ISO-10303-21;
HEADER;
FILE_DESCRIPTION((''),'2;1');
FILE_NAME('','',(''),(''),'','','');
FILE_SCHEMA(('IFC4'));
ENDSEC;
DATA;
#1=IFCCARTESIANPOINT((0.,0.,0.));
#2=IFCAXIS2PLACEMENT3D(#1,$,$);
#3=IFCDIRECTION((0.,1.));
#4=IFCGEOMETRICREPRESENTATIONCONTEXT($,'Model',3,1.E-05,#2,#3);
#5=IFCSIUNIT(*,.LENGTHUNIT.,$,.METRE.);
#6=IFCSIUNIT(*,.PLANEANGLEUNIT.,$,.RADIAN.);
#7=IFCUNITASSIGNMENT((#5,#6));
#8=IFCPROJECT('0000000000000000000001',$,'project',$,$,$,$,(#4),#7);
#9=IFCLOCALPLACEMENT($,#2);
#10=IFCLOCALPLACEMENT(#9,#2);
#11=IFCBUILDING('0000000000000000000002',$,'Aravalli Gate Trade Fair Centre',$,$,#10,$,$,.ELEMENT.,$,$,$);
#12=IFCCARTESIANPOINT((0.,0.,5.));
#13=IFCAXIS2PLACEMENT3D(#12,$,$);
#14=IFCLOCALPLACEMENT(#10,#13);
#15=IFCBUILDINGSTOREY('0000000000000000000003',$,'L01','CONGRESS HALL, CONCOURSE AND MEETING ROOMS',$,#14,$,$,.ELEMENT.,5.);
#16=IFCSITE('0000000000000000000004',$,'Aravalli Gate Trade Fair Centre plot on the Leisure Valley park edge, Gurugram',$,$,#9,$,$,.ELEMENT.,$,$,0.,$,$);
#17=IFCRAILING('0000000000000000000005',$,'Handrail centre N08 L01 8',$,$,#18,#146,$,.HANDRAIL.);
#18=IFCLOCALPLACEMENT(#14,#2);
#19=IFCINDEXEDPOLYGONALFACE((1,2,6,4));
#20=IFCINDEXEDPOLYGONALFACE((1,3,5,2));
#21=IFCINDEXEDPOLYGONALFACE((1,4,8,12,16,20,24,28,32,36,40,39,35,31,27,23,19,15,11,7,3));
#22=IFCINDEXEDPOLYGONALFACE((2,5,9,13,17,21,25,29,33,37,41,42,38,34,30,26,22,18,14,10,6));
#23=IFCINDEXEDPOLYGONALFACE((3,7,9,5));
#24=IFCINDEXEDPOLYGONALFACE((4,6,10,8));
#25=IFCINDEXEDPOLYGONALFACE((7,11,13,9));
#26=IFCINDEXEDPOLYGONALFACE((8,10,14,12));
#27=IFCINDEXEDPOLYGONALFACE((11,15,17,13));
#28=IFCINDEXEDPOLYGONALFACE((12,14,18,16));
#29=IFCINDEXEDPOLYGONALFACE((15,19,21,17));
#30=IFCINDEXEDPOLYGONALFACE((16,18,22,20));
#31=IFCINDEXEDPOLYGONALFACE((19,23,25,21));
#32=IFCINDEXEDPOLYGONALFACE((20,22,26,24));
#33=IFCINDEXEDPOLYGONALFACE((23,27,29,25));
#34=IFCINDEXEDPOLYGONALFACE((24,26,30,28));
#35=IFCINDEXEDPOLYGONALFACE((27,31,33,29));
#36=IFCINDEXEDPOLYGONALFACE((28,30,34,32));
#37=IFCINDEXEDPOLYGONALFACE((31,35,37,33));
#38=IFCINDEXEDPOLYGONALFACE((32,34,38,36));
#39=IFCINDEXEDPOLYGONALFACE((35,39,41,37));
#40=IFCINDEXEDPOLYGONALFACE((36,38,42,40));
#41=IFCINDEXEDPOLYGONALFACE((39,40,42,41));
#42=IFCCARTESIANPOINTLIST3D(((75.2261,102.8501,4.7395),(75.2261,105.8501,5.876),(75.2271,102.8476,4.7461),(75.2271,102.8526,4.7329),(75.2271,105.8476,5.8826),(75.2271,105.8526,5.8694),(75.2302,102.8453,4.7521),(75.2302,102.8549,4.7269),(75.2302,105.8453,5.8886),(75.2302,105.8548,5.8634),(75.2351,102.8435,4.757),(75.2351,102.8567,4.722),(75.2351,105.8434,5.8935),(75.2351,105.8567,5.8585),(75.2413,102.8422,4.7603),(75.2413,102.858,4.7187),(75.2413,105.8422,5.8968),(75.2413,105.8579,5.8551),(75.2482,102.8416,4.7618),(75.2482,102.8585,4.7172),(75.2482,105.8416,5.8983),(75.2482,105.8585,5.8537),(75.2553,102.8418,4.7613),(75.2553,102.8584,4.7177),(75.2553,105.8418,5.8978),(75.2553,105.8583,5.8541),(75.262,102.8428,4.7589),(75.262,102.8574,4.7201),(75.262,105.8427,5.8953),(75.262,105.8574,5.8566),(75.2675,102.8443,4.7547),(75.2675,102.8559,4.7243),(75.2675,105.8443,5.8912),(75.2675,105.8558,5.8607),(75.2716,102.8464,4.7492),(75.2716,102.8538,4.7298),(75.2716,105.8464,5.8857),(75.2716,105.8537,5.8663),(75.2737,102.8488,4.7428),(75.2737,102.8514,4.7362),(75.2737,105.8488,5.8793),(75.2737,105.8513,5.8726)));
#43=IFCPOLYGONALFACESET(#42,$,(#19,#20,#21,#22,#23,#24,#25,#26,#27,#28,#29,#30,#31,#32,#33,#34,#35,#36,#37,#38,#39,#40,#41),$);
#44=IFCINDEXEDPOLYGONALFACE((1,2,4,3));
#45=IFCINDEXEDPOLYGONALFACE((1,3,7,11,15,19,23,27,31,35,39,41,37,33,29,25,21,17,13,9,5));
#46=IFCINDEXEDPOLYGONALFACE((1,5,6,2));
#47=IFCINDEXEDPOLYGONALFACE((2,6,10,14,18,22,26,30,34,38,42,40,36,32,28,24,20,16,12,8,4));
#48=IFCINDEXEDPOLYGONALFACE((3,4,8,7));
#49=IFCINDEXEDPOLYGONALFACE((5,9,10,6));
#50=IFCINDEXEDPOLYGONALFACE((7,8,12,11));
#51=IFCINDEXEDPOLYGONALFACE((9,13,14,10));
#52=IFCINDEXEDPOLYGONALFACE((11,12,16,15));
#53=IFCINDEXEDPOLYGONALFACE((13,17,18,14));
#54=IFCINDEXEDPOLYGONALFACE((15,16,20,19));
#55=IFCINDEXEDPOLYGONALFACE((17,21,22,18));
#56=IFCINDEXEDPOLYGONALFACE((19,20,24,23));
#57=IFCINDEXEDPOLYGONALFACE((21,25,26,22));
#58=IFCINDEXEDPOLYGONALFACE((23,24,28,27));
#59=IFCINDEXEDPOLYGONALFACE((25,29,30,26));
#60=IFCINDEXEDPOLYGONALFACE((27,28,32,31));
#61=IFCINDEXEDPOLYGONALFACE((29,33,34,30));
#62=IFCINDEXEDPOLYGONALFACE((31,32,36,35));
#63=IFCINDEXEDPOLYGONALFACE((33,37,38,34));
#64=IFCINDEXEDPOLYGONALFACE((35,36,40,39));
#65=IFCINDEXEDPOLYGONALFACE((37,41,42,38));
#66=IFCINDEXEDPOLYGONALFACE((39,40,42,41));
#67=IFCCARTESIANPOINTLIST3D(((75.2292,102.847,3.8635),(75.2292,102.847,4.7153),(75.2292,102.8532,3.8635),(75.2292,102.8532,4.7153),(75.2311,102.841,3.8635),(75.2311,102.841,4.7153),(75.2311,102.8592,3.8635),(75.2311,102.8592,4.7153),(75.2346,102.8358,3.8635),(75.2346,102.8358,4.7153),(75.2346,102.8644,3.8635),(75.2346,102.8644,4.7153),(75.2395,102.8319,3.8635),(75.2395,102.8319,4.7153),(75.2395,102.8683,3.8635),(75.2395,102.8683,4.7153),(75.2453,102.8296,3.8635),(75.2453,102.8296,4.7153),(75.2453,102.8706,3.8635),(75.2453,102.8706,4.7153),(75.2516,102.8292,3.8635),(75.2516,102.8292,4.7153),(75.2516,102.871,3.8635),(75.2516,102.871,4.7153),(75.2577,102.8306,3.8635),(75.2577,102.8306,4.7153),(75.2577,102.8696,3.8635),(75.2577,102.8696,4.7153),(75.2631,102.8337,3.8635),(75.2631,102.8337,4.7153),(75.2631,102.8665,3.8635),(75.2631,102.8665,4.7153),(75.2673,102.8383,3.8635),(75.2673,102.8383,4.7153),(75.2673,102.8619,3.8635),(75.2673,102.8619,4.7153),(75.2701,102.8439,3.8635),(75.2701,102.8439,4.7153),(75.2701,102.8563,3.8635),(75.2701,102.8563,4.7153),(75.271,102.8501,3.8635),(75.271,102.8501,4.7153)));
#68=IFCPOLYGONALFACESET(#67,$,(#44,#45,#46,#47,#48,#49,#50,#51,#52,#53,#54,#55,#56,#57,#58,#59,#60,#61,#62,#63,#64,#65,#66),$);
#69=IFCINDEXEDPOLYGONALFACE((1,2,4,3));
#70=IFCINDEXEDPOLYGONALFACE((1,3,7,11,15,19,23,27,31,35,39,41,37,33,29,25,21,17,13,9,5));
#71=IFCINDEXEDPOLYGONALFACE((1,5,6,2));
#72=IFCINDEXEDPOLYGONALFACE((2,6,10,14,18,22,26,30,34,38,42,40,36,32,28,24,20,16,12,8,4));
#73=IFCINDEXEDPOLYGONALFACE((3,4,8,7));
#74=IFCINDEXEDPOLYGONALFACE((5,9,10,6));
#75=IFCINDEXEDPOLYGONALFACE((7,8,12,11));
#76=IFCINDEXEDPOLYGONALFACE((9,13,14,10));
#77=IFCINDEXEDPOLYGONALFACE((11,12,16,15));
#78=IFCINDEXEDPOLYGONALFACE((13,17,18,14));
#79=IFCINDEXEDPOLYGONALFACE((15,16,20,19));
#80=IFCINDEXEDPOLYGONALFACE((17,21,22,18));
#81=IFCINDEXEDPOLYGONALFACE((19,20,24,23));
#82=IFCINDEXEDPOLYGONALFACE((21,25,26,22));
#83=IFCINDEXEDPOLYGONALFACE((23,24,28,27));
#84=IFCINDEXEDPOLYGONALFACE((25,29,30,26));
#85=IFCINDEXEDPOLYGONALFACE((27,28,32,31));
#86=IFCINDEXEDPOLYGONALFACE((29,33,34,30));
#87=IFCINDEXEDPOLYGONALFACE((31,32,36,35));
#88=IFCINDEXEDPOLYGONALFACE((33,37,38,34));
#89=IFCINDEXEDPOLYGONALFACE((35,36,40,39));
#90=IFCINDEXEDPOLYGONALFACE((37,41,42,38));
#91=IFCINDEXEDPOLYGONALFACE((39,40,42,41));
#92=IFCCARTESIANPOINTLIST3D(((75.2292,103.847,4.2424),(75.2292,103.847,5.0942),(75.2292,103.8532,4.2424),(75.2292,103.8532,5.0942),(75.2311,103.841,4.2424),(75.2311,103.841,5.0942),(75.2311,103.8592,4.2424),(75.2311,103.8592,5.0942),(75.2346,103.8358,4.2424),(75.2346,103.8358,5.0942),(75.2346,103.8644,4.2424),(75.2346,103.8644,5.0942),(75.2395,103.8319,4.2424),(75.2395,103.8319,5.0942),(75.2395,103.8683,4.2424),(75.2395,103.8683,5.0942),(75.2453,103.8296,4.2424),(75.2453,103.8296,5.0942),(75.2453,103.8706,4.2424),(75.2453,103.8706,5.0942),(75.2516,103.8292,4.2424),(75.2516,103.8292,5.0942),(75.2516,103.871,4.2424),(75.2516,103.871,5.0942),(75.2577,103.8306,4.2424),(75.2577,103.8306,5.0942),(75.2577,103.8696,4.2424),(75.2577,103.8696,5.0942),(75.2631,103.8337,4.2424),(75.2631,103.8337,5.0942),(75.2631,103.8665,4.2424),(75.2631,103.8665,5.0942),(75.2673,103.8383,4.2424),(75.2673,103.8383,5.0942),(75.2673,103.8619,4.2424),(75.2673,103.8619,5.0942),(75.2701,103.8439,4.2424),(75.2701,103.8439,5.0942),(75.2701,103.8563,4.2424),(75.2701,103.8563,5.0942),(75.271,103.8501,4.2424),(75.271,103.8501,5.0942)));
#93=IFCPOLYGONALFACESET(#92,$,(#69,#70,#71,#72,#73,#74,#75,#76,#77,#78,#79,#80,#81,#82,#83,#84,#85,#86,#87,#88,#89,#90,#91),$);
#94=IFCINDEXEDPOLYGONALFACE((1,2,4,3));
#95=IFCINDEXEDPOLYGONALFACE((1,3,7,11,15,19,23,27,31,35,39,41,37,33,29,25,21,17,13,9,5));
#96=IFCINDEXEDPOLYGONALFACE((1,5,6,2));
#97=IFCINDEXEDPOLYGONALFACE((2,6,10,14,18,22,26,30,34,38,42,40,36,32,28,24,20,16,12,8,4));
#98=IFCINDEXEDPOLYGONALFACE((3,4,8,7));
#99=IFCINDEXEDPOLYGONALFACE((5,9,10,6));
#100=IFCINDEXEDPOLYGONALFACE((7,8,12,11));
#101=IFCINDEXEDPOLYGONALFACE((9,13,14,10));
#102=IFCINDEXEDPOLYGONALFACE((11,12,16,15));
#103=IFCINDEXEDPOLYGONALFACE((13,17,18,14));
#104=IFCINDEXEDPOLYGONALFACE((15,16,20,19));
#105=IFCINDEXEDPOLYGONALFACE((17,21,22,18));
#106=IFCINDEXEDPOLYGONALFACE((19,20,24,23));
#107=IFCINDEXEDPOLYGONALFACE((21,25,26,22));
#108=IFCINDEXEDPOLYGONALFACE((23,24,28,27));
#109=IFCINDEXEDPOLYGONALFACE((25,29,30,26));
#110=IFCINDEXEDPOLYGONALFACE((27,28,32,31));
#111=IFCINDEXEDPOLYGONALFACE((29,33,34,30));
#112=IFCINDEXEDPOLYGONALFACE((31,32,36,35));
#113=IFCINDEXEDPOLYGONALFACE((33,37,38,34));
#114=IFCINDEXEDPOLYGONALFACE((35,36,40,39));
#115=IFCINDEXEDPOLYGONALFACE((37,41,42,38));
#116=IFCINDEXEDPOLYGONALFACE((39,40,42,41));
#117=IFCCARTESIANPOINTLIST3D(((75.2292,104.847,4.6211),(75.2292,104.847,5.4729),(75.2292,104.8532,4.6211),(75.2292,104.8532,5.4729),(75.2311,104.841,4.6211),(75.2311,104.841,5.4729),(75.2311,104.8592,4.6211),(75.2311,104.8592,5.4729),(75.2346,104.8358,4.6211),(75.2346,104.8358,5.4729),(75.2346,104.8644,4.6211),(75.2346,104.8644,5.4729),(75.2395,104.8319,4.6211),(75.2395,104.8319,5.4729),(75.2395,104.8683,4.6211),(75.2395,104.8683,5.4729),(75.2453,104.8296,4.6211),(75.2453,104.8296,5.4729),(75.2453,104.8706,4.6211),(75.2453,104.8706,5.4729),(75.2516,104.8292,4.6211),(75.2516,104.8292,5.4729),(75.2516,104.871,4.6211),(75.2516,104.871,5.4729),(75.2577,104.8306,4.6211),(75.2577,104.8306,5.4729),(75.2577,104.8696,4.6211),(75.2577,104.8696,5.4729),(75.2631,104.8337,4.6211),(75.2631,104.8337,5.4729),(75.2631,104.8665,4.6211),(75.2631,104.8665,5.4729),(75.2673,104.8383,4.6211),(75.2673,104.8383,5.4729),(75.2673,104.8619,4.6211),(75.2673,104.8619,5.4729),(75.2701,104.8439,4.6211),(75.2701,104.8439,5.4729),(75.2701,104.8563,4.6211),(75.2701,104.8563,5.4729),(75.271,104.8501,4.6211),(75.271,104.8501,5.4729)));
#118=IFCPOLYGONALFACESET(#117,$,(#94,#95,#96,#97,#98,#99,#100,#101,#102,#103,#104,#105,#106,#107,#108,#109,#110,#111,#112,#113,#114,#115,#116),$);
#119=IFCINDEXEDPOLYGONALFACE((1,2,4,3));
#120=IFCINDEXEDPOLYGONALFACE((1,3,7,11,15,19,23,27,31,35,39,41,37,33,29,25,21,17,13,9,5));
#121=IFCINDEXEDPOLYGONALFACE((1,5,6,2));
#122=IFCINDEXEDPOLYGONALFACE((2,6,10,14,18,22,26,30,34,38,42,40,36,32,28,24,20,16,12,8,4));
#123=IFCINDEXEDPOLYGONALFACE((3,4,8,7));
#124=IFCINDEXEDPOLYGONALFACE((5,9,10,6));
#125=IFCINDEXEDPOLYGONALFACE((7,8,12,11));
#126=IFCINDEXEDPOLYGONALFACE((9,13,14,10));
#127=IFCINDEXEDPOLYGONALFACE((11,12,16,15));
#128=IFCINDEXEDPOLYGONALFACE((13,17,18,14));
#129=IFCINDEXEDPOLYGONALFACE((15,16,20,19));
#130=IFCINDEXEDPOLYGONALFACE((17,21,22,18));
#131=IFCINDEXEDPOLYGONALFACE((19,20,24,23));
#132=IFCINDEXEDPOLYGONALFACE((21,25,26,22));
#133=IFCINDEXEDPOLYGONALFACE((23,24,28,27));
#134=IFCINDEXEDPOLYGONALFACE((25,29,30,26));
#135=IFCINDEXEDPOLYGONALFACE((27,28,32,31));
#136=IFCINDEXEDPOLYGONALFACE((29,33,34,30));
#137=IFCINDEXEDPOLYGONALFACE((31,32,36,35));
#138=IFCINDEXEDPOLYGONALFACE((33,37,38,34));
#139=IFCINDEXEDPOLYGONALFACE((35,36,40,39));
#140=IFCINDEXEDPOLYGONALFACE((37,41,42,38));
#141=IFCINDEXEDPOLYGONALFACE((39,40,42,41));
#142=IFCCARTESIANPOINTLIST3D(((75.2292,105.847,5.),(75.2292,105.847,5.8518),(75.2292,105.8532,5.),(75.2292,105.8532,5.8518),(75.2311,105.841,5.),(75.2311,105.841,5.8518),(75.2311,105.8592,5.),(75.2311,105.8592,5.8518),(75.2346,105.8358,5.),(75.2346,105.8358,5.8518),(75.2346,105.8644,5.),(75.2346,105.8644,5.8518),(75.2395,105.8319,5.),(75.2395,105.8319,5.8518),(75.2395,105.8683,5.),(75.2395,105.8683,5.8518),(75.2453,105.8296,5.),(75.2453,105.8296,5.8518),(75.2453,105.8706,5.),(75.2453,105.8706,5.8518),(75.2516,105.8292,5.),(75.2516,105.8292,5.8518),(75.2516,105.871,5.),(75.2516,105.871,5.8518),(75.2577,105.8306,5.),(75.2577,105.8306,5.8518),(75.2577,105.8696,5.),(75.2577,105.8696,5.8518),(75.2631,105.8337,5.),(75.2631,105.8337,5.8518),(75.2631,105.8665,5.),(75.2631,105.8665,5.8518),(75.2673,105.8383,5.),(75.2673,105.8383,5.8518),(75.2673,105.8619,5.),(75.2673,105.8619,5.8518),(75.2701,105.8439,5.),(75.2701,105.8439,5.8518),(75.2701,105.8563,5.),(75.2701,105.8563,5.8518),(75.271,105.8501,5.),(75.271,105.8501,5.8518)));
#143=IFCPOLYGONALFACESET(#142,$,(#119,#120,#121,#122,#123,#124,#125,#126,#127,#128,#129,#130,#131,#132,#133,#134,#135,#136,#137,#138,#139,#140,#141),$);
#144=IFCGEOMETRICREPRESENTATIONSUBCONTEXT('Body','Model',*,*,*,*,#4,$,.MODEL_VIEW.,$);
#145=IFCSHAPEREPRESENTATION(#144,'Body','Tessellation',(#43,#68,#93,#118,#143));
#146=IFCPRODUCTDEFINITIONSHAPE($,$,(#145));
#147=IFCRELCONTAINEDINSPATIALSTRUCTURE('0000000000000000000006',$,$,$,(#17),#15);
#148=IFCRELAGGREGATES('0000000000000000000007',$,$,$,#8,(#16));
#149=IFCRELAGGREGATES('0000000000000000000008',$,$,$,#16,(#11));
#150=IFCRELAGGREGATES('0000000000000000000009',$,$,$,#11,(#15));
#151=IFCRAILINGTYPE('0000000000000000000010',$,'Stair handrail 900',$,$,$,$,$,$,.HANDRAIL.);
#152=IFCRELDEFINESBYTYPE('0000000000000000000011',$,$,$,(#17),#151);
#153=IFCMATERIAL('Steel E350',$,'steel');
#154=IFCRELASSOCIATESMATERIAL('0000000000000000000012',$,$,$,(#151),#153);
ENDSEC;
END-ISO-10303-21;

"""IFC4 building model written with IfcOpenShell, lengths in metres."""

from ifc_helpers import new_model, si_unit, direction, frame, origin, origin_2d, place, context, subcontext, project, spatial, circle, extrude, material, type_object, element, save


model = new_model("IFC4")

# Units and contexts
model_context = context("Model", 3, precision=1e-05, world=origin(), true_north=direction((0.0, 1.0)))
body_context = subcontext(model_context, "Body", "Model", "MODEL_VIEW")
ifc_project = project(units=[si_unit("LENGTHUNIT", "METRE"), si_unit("PLANEANGLEUNIT", "RADIAN")], contexts=[model_context])

# Site, building, storey
site_placement = place(None, origin())
site = spatial("IfcSite", under=ifc_project, at=site_placement, Name="Aravalli Gate Trade Fair Centre plot on the Leisure Valley park edge, Gurugram", CompositionType="ELEMENT", RefElevation=0.0)
building_placement = place(site_placement, origin())
building = spatial("IfcBuilding", under=site, at=building_placement, Name="Aravalli Gate Trade Fair Centre", CompositionType="ELEMENT")
storey_placement = place(building_placement, frame((0.0, 0.0, 5.0)))
storey = spatial("IfcBuildingStorey", under=building, at=storey_placement, Name="L01", Description="CONGRESS HALL, CONCOURSE AND MEETING ROOMS", CompositionType="ELEMENT", Elevation=5.0)

# Railing
ifc_material_1 = material(Name="Steel E350", Category="steel")
railing_type = type_object("IfcRailingType", Name="Stair handrail 900", PredefinedType="HANDRAIL", material=ifc_material_1)
for number, where, name in (
    (1, (75.25, 102.8501, 3.8635), "Handrail centre N08 L01 8"),
):
    element("IfcRailing", number, at=place(storey_placement, frame(where)), inside=storey, type_object=railing_type, Name=name, PredefinedType="HANDRAIL", context=body_context, shape_type="SweptSolid", body=[
        extrude(circle(Radius=0.0239, at=origin_2d()), frame((0.0, 0.0, 0.876), z_axis=(0.0, 0.935148, 0.354257), x_axis=(-1.0, 0.0, 0.0)), (0.0, 0.0, 1.0), 3.208),
        extrude(circle(Radius=0.021, at=origin_2d()), origin(), (0.0, 0.0, 1.0), 0.8518),
        extrude(circle(Radius=0.021, at=origin_2d()), frame((0.0, 1.0, 0.3789)), (0.0, 0.0, 1.0), 0.8518),
        extrude(circle(Radius=0.021, at=origin_2d()), frame((0.0, 2.0, 0.7576)), (0.0, 0.0, 1.0), 0.8518),
        extrude(circle(Radius=0.021, at=origin_2d()), frame((0.0, 3.0, 1.1365)), (0.0, 0.0, 1.0), 0.8518),
    ])

save(model, "model.ifc")
